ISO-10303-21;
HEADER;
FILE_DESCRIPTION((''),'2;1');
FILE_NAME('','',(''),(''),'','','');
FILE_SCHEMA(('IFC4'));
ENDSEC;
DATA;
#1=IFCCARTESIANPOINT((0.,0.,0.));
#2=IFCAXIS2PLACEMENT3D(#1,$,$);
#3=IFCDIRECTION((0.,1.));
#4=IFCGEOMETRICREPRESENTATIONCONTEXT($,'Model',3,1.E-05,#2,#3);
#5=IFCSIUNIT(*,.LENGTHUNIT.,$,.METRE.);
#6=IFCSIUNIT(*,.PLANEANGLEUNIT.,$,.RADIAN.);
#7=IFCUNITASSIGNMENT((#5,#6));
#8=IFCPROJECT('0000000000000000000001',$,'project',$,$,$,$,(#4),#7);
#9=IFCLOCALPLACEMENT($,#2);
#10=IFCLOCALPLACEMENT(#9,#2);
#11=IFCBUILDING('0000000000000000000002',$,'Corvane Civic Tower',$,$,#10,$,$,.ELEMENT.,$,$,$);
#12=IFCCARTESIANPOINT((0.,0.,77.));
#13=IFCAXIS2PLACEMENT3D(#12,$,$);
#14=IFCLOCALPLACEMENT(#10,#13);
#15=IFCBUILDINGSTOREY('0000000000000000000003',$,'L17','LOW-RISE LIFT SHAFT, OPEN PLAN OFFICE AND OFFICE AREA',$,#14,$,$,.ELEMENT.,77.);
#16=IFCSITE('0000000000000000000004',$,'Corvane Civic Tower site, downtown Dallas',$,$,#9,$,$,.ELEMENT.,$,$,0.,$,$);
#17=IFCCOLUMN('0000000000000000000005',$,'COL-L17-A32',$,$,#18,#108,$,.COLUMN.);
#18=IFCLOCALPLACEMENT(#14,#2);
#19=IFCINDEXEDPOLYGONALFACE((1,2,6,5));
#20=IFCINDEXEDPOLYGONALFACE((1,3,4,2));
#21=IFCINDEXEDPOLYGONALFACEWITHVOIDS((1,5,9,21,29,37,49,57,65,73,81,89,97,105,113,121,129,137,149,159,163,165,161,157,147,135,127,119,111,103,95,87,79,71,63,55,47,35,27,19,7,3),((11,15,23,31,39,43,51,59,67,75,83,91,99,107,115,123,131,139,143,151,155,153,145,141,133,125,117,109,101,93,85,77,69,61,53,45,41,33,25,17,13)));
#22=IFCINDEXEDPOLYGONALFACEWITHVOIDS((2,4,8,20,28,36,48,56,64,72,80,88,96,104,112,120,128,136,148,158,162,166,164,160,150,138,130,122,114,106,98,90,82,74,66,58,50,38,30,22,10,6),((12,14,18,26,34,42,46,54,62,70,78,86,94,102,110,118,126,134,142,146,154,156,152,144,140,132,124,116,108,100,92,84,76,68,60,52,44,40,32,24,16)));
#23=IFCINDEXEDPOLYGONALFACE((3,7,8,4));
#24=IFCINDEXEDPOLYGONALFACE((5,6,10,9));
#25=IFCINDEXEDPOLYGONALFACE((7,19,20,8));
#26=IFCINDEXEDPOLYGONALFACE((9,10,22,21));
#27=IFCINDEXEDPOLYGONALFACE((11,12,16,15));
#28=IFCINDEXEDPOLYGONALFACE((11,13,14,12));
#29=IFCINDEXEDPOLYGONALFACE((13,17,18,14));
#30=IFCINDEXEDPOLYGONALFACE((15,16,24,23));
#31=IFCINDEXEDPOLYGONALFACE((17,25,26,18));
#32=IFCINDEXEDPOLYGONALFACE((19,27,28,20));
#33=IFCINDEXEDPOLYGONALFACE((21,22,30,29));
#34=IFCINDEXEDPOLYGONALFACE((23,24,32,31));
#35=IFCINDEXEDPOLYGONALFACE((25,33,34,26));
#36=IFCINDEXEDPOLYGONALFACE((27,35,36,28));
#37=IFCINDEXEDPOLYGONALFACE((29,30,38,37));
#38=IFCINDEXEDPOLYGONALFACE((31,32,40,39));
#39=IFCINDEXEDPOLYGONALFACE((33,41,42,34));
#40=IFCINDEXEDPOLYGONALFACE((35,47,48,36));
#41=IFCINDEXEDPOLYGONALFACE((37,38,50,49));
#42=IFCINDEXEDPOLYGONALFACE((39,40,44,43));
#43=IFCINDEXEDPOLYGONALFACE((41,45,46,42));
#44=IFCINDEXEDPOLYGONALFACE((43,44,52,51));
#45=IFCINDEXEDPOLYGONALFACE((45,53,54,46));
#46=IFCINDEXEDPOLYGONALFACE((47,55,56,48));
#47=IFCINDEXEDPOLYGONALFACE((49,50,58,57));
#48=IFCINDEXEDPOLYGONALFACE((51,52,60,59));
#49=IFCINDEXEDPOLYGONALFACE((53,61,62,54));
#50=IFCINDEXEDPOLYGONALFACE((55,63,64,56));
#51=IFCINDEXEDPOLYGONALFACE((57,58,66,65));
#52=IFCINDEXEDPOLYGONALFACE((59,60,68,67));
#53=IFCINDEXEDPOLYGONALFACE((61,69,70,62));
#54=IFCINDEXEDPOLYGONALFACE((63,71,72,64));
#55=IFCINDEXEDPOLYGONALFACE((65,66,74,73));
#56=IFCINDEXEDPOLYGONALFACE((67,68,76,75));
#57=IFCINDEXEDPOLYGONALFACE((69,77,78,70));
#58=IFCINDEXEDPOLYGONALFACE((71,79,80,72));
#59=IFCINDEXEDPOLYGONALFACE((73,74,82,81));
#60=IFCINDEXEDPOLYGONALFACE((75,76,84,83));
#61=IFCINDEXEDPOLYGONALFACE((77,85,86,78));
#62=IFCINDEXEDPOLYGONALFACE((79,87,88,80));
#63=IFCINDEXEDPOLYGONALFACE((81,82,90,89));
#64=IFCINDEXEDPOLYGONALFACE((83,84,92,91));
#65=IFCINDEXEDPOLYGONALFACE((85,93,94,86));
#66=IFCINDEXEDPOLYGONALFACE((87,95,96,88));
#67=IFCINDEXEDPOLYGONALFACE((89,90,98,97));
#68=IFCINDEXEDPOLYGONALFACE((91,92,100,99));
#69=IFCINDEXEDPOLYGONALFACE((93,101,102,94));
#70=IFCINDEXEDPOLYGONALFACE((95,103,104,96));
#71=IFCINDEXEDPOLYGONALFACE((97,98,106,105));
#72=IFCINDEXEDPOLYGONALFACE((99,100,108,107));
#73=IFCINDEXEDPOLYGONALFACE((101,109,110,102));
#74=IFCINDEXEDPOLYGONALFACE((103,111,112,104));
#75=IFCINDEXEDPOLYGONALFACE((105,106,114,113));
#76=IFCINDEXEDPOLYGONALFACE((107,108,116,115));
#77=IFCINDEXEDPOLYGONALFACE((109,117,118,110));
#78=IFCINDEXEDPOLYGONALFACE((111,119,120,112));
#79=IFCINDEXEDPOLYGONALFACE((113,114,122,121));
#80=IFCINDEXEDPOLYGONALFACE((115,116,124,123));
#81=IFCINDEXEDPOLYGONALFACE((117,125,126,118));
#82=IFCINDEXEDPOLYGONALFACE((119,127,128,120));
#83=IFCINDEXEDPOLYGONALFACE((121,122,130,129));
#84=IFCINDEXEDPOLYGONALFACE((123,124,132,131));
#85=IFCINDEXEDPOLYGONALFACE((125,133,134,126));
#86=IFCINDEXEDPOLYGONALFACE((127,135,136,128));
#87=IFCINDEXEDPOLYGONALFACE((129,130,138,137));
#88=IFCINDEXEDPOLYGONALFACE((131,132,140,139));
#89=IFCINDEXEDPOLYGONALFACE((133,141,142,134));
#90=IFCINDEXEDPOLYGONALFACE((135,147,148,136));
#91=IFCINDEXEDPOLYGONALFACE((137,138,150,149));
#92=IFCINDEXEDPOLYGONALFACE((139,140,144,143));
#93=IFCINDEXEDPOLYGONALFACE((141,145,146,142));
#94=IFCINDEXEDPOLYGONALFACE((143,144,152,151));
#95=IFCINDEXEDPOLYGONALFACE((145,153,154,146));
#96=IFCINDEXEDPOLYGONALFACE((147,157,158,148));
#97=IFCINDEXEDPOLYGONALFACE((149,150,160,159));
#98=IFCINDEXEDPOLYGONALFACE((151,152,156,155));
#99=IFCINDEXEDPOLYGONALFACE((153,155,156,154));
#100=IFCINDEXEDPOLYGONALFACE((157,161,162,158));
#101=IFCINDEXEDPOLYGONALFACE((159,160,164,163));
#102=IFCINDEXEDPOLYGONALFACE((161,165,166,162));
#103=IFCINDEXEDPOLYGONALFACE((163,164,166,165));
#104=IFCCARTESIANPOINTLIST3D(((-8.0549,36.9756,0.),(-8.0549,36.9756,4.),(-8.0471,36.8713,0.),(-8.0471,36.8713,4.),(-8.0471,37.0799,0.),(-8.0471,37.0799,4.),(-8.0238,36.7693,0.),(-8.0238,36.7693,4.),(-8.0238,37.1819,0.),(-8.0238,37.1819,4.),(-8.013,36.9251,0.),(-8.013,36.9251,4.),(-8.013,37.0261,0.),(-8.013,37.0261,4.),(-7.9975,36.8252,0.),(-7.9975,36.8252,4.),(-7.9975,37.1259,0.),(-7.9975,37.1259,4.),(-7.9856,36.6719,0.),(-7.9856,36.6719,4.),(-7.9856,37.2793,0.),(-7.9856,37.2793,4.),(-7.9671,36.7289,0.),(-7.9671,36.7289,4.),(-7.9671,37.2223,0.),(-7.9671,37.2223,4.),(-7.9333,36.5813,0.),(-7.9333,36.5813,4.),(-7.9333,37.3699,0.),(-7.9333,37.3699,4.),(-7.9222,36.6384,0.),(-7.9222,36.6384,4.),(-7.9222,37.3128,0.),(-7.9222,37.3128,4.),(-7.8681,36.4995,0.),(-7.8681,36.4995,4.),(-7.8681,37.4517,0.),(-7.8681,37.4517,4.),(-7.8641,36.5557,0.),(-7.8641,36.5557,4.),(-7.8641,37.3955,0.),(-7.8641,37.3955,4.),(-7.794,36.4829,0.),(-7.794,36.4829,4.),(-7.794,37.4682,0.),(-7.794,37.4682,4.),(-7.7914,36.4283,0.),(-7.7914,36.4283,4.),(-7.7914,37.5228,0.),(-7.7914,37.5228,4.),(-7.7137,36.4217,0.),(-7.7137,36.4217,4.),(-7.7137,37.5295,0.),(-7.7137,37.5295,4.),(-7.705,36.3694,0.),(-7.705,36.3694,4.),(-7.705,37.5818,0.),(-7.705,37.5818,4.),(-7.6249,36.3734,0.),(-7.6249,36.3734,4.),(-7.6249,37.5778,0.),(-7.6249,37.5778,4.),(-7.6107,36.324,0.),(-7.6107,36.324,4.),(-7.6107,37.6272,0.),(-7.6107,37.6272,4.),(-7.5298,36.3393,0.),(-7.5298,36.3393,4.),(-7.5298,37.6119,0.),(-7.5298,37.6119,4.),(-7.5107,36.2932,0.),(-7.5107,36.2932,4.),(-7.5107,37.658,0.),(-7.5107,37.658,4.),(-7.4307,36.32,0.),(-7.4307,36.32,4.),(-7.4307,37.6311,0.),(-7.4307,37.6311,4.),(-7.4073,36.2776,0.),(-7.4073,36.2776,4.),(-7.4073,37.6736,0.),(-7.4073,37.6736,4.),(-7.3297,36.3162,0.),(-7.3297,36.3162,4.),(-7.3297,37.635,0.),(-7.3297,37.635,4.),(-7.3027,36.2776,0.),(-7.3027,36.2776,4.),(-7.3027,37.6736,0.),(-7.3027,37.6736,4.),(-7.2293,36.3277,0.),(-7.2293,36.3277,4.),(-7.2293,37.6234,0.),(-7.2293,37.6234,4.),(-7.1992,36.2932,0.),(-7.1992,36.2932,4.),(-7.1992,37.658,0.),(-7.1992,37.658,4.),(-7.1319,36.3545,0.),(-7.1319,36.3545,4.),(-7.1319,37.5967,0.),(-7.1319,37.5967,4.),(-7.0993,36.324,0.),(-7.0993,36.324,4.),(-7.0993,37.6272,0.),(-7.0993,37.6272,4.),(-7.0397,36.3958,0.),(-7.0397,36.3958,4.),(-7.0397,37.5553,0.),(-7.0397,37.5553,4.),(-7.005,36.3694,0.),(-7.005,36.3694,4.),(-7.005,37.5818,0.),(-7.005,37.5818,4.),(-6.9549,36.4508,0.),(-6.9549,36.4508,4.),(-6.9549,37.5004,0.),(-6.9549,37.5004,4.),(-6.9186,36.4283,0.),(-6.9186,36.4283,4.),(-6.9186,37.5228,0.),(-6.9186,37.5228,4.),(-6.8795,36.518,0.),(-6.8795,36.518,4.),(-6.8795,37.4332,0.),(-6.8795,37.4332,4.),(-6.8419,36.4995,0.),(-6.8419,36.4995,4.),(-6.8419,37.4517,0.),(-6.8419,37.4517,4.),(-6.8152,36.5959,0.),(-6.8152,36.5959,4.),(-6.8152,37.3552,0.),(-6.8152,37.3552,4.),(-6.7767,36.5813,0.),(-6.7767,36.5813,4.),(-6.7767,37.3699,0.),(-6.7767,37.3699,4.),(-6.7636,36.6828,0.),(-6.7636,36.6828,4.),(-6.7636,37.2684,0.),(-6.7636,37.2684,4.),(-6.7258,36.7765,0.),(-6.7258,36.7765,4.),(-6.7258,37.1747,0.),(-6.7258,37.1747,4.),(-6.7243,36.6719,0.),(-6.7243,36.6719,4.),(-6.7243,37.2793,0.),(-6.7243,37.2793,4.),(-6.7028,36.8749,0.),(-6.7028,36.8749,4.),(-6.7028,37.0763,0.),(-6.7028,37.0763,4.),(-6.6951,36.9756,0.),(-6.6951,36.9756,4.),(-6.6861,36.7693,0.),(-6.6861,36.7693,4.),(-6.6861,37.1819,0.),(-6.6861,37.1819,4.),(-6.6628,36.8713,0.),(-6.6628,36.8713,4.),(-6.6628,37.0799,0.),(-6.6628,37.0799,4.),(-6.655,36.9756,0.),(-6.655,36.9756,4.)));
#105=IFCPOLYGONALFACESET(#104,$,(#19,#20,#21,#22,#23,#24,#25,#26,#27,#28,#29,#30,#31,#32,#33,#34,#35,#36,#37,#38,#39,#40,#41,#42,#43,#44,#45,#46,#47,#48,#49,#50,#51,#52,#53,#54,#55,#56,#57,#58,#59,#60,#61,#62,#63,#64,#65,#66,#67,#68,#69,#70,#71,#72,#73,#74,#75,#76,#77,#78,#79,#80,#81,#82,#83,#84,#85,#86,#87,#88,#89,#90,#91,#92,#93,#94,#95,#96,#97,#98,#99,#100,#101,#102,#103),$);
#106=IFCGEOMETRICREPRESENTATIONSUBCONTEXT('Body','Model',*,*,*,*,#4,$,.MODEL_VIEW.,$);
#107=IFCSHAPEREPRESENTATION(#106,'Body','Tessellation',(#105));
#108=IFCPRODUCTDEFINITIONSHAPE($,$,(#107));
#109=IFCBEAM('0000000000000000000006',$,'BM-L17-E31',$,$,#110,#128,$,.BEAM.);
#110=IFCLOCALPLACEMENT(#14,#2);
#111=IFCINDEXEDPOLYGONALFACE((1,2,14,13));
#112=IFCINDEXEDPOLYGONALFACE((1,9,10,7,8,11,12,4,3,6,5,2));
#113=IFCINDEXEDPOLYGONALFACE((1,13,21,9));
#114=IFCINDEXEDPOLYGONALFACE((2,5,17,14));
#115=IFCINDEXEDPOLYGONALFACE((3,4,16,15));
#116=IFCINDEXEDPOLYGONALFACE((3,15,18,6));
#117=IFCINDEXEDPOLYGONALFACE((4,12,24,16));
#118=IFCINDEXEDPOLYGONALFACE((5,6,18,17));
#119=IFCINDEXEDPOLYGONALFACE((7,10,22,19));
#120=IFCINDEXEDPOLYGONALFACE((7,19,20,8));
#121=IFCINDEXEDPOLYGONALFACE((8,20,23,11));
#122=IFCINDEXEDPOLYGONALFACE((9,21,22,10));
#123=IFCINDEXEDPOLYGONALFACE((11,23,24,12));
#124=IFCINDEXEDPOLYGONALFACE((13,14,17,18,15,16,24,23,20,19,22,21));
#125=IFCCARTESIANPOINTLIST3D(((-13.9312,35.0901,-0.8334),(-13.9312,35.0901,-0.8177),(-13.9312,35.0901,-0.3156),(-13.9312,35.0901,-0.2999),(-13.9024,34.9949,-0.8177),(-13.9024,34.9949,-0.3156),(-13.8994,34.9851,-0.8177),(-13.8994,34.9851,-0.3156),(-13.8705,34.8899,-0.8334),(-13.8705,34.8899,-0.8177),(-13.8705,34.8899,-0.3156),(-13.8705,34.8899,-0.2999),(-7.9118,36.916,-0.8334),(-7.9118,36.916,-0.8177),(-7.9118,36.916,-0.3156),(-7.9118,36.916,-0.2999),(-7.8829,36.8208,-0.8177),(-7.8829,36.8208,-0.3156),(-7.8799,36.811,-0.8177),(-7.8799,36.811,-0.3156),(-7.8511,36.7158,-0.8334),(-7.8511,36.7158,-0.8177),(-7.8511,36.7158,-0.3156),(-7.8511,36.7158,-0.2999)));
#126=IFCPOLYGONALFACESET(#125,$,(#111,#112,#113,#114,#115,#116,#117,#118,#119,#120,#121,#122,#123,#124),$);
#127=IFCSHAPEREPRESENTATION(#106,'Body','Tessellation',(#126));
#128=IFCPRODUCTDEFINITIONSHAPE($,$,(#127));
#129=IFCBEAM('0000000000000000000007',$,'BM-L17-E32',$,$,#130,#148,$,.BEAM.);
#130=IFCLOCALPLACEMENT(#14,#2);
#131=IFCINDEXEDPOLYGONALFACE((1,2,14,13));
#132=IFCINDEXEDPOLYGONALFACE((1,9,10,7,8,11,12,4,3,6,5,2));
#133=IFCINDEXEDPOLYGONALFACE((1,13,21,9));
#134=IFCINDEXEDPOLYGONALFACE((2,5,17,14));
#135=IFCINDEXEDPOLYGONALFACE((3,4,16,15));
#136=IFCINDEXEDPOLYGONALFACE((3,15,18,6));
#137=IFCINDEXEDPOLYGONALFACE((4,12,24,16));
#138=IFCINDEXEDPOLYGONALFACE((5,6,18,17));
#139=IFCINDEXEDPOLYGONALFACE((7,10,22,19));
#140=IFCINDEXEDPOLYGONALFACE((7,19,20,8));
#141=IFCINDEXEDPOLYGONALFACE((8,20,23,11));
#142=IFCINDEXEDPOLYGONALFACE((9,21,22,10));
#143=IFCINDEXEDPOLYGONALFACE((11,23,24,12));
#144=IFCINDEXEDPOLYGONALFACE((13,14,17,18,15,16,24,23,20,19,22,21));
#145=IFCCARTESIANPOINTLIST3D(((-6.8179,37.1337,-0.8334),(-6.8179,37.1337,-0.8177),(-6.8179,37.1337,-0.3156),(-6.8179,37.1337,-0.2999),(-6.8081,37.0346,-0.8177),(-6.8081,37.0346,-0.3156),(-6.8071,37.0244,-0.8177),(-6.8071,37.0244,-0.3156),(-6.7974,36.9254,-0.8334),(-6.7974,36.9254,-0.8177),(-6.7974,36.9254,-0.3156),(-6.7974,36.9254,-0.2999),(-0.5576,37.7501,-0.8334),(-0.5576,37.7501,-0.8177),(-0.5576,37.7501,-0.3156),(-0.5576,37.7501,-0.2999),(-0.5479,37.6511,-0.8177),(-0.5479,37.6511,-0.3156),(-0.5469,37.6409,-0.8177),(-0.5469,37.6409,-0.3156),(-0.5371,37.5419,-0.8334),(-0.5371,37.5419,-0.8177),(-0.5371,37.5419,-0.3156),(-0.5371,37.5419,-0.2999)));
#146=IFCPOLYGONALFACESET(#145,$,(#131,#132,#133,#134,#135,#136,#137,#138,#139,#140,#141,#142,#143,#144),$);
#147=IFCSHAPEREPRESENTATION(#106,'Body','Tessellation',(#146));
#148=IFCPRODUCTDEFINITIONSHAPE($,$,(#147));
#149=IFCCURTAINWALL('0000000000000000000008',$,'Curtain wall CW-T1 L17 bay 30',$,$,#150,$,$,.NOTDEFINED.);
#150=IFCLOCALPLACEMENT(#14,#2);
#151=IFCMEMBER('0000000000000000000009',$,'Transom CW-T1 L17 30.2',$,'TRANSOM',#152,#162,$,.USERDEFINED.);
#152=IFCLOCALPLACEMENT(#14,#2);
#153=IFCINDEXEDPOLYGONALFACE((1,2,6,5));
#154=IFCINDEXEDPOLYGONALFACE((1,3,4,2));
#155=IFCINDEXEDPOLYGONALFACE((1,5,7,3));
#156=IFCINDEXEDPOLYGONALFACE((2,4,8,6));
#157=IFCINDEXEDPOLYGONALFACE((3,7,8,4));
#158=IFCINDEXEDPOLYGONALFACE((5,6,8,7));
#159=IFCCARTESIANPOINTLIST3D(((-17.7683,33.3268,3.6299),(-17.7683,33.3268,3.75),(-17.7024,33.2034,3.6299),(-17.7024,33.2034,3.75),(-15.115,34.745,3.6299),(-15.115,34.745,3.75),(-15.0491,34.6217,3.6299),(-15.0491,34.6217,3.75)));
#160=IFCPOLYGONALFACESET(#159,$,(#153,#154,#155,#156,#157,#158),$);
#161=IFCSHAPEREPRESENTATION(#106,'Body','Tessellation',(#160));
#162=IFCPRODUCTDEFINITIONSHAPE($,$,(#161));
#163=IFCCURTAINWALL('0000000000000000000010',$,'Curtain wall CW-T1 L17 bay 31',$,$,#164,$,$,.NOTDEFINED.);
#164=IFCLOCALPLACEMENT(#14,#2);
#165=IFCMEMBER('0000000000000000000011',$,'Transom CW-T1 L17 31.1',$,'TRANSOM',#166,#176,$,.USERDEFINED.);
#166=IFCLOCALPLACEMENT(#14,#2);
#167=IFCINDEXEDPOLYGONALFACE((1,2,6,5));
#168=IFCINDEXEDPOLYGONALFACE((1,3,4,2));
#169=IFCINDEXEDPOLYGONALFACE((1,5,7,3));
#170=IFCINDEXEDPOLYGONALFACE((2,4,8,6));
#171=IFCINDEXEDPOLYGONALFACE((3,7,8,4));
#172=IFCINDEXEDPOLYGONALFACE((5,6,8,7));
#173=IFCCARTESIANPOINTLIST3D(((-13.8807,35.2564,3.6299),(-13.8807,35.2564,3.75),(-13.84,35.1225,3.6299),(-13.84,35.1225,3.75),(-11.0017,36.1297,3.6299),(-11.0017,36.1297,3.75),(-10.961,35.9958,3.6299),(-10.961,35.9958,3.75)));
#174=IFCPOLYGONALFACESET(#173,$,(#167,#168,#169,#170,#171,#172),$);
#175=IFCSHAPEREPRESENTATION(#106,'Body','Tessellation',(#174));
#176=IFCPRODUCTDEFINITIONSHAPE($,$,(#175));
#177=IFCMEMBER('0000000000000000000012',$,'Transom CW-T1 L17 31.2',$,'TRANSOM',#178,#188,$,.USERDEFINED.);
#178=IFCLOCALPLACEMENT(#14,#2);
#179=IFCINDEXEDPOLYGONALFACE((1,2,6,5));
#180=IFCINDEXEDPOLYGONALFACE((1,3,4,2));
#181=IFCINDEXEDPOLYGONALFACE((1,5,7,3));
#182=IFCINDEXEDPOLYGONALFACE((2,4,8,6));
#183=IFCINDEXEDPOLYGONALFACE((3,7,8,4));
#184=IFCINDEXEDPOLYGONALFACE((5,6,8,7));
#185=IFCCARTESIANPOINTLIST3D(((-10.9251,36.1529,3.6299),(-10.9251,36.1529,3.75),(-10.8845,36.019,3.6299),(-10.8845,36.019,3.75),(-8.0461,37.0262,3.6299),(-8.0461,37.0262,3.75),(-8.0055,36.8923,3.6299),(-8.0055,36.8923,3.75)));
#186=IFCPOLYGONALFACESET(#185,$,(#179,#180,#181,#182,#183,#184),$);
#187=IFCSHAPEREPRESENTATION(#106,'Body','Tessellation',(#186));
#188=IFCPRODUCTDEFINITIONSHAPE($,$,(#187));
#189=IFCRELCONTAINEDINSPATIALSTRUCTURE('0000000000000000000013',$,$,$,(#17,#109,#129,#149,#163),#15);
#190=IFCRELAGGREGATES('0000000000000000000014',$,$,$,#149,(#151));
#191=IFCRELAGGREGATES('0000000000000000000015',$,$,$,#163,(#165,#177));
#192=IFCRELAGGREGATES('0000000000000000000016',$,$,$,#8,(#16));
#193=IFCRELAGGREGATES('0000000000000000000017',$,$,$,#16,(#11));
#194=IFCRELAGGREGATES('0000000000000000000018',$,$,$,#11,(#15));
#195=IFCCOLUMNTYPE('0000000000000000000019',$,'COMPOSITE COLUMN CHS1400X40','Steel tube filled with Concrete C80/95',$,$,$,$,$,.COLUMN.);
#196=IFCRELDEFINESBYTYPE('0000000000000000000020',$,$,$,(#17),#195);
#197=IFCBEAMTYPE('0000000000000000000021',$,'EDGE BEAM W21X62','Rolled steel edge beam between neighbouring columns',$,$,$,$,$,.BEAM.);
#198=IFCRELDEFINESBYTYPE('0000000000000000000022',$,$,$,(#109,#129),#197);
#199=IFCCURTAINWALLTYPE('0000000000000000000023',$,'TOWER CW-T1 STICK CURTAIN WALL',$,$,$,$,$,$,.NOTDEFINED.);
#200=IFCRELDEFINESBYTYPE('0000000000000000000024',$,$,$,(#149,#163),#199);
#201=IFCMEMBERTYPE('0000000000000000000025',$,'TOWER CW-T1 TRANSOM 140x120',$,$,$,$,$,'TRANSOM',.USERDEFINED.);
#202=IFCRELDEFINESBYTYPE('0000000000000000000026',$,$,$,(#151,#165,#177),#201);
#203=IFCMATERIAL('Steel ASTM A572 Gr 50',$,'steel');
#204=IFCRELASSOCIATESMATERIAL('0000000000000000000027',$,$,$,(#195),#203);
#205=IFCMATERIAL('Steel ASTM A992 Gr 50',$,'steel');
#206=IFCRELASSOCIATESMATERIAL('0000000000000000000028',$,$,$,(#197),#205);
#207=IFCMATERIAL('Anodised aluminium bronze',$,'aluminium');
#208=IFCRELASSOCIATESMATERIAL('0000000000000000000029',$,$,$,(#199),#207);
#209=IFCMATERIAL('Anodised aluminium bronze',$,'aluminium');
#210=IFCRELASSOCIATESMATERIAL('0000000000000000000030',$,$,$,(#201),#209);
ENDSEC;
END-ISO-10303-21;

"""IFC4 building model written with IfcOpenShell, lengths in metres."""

from ifc_helpers import new_model, si_unit, direction, frame, origin, origin_2d, place, context, subcontext, project, spatial, rectangle, hollow_circle, i_section, extrude, material, material_profile, profile_set, type_object, element, aggregate, save


model = new_model("IFC4")

# Units and contexts
model_context = context("Model", 3, precision=1e-05, world=origin(), true_north=direction((0.0, 1.0)))
body_context = subcontext(model_context, "Body", "Model", "MODEL_VIEW")
ifc_project = project(units=[si_unit("LENGTHUNIT", "METRE"), si_unit("PLANEANGLEUNIT", "RADIAN")], contexts=[model_context])

# Site, building, storey
site_placement = place(None, origin())
site = spatial("IfcSite", under=ifc_project, at=site_placement, Name="Corvane Civic Tower site, downtown Dallas", CompositionType="ELEMENT", RefElevation=0.0)
building_placement = place(site_placement, origin())
building = spatial("IfcBuilding", under=site, at=building_placement, Name="Corvane Civic Tower", CompositionType="ELEMENT")
storey_placement = place(building_placement, frame((0.0, 0.0, 77.0)))
storey = spatial("IfcBuildingStorey", under=building, at=storey_placement, Name="L17", Description="LOW-RISE LIFT SHAFT, OPEN PLAN OFFICE AND OFFICE AREA", CompositionType="ELEMENT", Elevation=77.0)

# Column
ifc_material_1 = material(Name="Steel ASTM A572 Gr 50", Category="steel")
ifc_material_profile_1 = material_profile(ifc_material_1, hollow_circle(Radius=0.7, WallThickness=0.04, at=origin_2d()), Name="CHS1400X40")
ifc_profile_set_1 = profile_set([ifc_material_profile_1], Name="Steel ASTM A572 Gr 50")
column_type = type_object("IfcColumnType", Name="COMPOSITE COLUMN CHS1400X40", Description="Steel tube filled with Concrete C80/95", PredefinedType="COLUMN", material=ifc_profile_set_1)
for number, where, z_axis, x_axis, name in (
    (1, (-7.355, 36.9756, 0.0), (0.0, 0.0, 1.0), (1.0, 0.0, 0.0), "COL-L17-A32"),
):
    element("IfcColumn", number, at=place(storey_placement, frame(where, z_axis=z_axis, x_axis=x_axis)), inside=storey, type_object=column_type, Name=name, PredefinedType="COLUMN", context=body_context, shape_type="SweptSolid", body=[
        extrude(hollow_circle(Radius=0.7, WallThickness=0.04, at=origin_2d()), origin(), (0.0, 0.0, 1.0), 4.0),
    ])

# Beams
ifc_material_2 = material(Name="Steel ASTM A992 Gr 50", Category="steel")
ifc_material_profile_2 = material_profile(ifc_material_2, i_section(OverallWidth=0.2092, OverallDepth=0.5334, WebThickness=0.0103, FlangeThickness=0.0156, at=origin_2d()), Name="W21X62")
ifc_profile_set_2 = profile_set([ifc_material_profile_2], Name="Steel ASTM A992 Gr 50")
beam_type = type_object("IfcBeamType", Name="EDGE BEAM W21X62", Description="Rolled steel edge beam between neighbouring columns", PredefinedType="BEAM", material=ifc_profile_set_2)
beam_1_placement = place(storey_placement, frame((-13.9009, 34.99, -0.5667), z_axis=(0.956944, 0.290273, 0.0), x_axis=(-0.290273, 0.956944, 0.0)))
element("IfcBeam", 2, at=beam_1_placement, inside=storey, type_object=beam_type, Name="BM-L17-E31", PredefinedType="BEAM", context=body_context, shape_type="SweptSolid", body=[
    extrude(i_section(OverallWidth=0.2092, OverallDepth=0.5334, WebThickness=0.0103, FlangeThickness=0.0156, at=origin_2d()), origin(), (0.0, 0.0, 1.0), 6.2903),
])
beam_2_placement = place(storey_placement, frame((-6.8076, 37.0295, -0.5667), z_axis=(0.995187, 0.097997, 0.0), x_axis=(-0.097997, 0.995187, 0.0)))
element("IfcBeam", 3, at=beam_2_placement, inside=storey, type_object=beam_type, Name="BM-L17-E32", PredefinedType="BEAM", context=body_context, shape_type="SweptSolid", body=[
    extrude(i_section(OverallWidth=0.2092, OverallDepth=0.5334, WebThickness=0.0103, FlangeThickness=0.0156, at=origin_2d()), origin(), (0.0, 0.0, 1.0), 6.2905),
])

# Curtain wall, member
ifc_material_3 = material(Name="Anodised aluminium bronze", Category="aluminium")
curtain_wall_type = type_object("IfcCurtainWallType", Name="TOWER CW-T1 STICK CURTAIN WALL", PredefinedType="NOTDEFINED", material=ifc_material_3)
curtain_wall_1_placement = place(storey_placement, origin())
curtain_wall_1 = element("IfcCurtainWall", 4, at=curtain_wall_1_placement, inside=storey, type_object=curtain_wall_type, Name="Curtain wall CW-T1 L17 bay 30", PredefinedType="NOTDEFINED")
ifc_material_4 = material(Name="Anodised aluminium bronze", Category="aluminium")
ifc_material_profile_3 = material_profile(ifc_material_4, rectangle(XDim=0.1399, YDim=0.1201, at=origin_2d()), Name="TOWER CW-T1 TRANSOM 140x120")
ifc_profile_set_3 = profile_set([ifc_material_profile_3], Name="Anodised aluminium bronze")
member_type_1 = type_object("IfcMemberType", Name="TOWER CW-T1 TRANSOM 140x120", ElementType="TRANSOM", PredefinedType="USERDEFINED", material=ifc_profile_set_3)
member_1_placement = place(storey_placement, frame((-17.7354, 33.2651, 3.6899), z_axis=(0.881924, 0.471393, 0.0), x_axis=(-0.471393, 0.881924, 0.0)))
member_1 = element("IfcMember", 5, at=member_1_placement, type_object=member_type_1, Name="Transom CW-T1 L17 30.2", ObjectType="TRANSOM", PredefinedType="USERDEFINED", context=body_context, shape_type="SweptSolid", body=[
    extrude(rectangle(XDim=0.1399, YDim=0.1201, at=origin_2d()), origin(), (0.0, 0.0, 1.0), 3.0085),
])

# Curtain wall, members
curtain_wall_2_placement = place(storey_placement, origin())
curtain_wall_2 = element("IfcCurtainWall", 6, at=curtain_wall_2_placement, inside=storey, type_object=curtain_wall_type, Name="Curtain wall CW-T1 L17 bay 31", PredefinedType="NOTDEFINED")
member_2_placement = place(storey_placement, frame((-13.8604, 35.1895, 3.6899), z_axis=(0.956942, 0.29028, 0.0), x_axis=(-0.29028, 0.956942, 0.0)))
member_2 = element("IfcMember", 7, at=member_2_placement, type_object=member_type_1, Name="Transom CW-T1 L17 31.1", ObjectType="TRANSOM", PredefinedType="USERDEFINED", context=body_context, shape_type="SweptSolid", body=[
    extrude(rectangle(XDim=0.1399, YDim=0.1201, at=origin_2d()), origin(), (0.0, 0.0, 1.0), 3.0085),
])
member_3_placement = place(storey_placement, frame((-10.9048, 36.0859, 3.6899), z_axis=(0.956942, 0.29028, 0.0), x_axis=(-0.29028, 0.956942, 0.0)))
member_3 = element("IfcMember", 8, at=member_3_placement, type_object=member_type_1, Name="Transom CW-T1 L17 31.2", ObjectType="TRANSOM", PredefinedType="USERDEFINED", context=body_context, shape_type="SweptSolid", body=[
    extrude(rectangle(XDim=0.1399, YDim=0.1201, at=origin_2d()), origin(), (0.0, 0.0, 1.0), 3.0085),
])

aggregate(curtain_wall_1, [member_1])
aggregate(curtain_wall_2, [member_2, member_3])

save(model, "model.ifc")
